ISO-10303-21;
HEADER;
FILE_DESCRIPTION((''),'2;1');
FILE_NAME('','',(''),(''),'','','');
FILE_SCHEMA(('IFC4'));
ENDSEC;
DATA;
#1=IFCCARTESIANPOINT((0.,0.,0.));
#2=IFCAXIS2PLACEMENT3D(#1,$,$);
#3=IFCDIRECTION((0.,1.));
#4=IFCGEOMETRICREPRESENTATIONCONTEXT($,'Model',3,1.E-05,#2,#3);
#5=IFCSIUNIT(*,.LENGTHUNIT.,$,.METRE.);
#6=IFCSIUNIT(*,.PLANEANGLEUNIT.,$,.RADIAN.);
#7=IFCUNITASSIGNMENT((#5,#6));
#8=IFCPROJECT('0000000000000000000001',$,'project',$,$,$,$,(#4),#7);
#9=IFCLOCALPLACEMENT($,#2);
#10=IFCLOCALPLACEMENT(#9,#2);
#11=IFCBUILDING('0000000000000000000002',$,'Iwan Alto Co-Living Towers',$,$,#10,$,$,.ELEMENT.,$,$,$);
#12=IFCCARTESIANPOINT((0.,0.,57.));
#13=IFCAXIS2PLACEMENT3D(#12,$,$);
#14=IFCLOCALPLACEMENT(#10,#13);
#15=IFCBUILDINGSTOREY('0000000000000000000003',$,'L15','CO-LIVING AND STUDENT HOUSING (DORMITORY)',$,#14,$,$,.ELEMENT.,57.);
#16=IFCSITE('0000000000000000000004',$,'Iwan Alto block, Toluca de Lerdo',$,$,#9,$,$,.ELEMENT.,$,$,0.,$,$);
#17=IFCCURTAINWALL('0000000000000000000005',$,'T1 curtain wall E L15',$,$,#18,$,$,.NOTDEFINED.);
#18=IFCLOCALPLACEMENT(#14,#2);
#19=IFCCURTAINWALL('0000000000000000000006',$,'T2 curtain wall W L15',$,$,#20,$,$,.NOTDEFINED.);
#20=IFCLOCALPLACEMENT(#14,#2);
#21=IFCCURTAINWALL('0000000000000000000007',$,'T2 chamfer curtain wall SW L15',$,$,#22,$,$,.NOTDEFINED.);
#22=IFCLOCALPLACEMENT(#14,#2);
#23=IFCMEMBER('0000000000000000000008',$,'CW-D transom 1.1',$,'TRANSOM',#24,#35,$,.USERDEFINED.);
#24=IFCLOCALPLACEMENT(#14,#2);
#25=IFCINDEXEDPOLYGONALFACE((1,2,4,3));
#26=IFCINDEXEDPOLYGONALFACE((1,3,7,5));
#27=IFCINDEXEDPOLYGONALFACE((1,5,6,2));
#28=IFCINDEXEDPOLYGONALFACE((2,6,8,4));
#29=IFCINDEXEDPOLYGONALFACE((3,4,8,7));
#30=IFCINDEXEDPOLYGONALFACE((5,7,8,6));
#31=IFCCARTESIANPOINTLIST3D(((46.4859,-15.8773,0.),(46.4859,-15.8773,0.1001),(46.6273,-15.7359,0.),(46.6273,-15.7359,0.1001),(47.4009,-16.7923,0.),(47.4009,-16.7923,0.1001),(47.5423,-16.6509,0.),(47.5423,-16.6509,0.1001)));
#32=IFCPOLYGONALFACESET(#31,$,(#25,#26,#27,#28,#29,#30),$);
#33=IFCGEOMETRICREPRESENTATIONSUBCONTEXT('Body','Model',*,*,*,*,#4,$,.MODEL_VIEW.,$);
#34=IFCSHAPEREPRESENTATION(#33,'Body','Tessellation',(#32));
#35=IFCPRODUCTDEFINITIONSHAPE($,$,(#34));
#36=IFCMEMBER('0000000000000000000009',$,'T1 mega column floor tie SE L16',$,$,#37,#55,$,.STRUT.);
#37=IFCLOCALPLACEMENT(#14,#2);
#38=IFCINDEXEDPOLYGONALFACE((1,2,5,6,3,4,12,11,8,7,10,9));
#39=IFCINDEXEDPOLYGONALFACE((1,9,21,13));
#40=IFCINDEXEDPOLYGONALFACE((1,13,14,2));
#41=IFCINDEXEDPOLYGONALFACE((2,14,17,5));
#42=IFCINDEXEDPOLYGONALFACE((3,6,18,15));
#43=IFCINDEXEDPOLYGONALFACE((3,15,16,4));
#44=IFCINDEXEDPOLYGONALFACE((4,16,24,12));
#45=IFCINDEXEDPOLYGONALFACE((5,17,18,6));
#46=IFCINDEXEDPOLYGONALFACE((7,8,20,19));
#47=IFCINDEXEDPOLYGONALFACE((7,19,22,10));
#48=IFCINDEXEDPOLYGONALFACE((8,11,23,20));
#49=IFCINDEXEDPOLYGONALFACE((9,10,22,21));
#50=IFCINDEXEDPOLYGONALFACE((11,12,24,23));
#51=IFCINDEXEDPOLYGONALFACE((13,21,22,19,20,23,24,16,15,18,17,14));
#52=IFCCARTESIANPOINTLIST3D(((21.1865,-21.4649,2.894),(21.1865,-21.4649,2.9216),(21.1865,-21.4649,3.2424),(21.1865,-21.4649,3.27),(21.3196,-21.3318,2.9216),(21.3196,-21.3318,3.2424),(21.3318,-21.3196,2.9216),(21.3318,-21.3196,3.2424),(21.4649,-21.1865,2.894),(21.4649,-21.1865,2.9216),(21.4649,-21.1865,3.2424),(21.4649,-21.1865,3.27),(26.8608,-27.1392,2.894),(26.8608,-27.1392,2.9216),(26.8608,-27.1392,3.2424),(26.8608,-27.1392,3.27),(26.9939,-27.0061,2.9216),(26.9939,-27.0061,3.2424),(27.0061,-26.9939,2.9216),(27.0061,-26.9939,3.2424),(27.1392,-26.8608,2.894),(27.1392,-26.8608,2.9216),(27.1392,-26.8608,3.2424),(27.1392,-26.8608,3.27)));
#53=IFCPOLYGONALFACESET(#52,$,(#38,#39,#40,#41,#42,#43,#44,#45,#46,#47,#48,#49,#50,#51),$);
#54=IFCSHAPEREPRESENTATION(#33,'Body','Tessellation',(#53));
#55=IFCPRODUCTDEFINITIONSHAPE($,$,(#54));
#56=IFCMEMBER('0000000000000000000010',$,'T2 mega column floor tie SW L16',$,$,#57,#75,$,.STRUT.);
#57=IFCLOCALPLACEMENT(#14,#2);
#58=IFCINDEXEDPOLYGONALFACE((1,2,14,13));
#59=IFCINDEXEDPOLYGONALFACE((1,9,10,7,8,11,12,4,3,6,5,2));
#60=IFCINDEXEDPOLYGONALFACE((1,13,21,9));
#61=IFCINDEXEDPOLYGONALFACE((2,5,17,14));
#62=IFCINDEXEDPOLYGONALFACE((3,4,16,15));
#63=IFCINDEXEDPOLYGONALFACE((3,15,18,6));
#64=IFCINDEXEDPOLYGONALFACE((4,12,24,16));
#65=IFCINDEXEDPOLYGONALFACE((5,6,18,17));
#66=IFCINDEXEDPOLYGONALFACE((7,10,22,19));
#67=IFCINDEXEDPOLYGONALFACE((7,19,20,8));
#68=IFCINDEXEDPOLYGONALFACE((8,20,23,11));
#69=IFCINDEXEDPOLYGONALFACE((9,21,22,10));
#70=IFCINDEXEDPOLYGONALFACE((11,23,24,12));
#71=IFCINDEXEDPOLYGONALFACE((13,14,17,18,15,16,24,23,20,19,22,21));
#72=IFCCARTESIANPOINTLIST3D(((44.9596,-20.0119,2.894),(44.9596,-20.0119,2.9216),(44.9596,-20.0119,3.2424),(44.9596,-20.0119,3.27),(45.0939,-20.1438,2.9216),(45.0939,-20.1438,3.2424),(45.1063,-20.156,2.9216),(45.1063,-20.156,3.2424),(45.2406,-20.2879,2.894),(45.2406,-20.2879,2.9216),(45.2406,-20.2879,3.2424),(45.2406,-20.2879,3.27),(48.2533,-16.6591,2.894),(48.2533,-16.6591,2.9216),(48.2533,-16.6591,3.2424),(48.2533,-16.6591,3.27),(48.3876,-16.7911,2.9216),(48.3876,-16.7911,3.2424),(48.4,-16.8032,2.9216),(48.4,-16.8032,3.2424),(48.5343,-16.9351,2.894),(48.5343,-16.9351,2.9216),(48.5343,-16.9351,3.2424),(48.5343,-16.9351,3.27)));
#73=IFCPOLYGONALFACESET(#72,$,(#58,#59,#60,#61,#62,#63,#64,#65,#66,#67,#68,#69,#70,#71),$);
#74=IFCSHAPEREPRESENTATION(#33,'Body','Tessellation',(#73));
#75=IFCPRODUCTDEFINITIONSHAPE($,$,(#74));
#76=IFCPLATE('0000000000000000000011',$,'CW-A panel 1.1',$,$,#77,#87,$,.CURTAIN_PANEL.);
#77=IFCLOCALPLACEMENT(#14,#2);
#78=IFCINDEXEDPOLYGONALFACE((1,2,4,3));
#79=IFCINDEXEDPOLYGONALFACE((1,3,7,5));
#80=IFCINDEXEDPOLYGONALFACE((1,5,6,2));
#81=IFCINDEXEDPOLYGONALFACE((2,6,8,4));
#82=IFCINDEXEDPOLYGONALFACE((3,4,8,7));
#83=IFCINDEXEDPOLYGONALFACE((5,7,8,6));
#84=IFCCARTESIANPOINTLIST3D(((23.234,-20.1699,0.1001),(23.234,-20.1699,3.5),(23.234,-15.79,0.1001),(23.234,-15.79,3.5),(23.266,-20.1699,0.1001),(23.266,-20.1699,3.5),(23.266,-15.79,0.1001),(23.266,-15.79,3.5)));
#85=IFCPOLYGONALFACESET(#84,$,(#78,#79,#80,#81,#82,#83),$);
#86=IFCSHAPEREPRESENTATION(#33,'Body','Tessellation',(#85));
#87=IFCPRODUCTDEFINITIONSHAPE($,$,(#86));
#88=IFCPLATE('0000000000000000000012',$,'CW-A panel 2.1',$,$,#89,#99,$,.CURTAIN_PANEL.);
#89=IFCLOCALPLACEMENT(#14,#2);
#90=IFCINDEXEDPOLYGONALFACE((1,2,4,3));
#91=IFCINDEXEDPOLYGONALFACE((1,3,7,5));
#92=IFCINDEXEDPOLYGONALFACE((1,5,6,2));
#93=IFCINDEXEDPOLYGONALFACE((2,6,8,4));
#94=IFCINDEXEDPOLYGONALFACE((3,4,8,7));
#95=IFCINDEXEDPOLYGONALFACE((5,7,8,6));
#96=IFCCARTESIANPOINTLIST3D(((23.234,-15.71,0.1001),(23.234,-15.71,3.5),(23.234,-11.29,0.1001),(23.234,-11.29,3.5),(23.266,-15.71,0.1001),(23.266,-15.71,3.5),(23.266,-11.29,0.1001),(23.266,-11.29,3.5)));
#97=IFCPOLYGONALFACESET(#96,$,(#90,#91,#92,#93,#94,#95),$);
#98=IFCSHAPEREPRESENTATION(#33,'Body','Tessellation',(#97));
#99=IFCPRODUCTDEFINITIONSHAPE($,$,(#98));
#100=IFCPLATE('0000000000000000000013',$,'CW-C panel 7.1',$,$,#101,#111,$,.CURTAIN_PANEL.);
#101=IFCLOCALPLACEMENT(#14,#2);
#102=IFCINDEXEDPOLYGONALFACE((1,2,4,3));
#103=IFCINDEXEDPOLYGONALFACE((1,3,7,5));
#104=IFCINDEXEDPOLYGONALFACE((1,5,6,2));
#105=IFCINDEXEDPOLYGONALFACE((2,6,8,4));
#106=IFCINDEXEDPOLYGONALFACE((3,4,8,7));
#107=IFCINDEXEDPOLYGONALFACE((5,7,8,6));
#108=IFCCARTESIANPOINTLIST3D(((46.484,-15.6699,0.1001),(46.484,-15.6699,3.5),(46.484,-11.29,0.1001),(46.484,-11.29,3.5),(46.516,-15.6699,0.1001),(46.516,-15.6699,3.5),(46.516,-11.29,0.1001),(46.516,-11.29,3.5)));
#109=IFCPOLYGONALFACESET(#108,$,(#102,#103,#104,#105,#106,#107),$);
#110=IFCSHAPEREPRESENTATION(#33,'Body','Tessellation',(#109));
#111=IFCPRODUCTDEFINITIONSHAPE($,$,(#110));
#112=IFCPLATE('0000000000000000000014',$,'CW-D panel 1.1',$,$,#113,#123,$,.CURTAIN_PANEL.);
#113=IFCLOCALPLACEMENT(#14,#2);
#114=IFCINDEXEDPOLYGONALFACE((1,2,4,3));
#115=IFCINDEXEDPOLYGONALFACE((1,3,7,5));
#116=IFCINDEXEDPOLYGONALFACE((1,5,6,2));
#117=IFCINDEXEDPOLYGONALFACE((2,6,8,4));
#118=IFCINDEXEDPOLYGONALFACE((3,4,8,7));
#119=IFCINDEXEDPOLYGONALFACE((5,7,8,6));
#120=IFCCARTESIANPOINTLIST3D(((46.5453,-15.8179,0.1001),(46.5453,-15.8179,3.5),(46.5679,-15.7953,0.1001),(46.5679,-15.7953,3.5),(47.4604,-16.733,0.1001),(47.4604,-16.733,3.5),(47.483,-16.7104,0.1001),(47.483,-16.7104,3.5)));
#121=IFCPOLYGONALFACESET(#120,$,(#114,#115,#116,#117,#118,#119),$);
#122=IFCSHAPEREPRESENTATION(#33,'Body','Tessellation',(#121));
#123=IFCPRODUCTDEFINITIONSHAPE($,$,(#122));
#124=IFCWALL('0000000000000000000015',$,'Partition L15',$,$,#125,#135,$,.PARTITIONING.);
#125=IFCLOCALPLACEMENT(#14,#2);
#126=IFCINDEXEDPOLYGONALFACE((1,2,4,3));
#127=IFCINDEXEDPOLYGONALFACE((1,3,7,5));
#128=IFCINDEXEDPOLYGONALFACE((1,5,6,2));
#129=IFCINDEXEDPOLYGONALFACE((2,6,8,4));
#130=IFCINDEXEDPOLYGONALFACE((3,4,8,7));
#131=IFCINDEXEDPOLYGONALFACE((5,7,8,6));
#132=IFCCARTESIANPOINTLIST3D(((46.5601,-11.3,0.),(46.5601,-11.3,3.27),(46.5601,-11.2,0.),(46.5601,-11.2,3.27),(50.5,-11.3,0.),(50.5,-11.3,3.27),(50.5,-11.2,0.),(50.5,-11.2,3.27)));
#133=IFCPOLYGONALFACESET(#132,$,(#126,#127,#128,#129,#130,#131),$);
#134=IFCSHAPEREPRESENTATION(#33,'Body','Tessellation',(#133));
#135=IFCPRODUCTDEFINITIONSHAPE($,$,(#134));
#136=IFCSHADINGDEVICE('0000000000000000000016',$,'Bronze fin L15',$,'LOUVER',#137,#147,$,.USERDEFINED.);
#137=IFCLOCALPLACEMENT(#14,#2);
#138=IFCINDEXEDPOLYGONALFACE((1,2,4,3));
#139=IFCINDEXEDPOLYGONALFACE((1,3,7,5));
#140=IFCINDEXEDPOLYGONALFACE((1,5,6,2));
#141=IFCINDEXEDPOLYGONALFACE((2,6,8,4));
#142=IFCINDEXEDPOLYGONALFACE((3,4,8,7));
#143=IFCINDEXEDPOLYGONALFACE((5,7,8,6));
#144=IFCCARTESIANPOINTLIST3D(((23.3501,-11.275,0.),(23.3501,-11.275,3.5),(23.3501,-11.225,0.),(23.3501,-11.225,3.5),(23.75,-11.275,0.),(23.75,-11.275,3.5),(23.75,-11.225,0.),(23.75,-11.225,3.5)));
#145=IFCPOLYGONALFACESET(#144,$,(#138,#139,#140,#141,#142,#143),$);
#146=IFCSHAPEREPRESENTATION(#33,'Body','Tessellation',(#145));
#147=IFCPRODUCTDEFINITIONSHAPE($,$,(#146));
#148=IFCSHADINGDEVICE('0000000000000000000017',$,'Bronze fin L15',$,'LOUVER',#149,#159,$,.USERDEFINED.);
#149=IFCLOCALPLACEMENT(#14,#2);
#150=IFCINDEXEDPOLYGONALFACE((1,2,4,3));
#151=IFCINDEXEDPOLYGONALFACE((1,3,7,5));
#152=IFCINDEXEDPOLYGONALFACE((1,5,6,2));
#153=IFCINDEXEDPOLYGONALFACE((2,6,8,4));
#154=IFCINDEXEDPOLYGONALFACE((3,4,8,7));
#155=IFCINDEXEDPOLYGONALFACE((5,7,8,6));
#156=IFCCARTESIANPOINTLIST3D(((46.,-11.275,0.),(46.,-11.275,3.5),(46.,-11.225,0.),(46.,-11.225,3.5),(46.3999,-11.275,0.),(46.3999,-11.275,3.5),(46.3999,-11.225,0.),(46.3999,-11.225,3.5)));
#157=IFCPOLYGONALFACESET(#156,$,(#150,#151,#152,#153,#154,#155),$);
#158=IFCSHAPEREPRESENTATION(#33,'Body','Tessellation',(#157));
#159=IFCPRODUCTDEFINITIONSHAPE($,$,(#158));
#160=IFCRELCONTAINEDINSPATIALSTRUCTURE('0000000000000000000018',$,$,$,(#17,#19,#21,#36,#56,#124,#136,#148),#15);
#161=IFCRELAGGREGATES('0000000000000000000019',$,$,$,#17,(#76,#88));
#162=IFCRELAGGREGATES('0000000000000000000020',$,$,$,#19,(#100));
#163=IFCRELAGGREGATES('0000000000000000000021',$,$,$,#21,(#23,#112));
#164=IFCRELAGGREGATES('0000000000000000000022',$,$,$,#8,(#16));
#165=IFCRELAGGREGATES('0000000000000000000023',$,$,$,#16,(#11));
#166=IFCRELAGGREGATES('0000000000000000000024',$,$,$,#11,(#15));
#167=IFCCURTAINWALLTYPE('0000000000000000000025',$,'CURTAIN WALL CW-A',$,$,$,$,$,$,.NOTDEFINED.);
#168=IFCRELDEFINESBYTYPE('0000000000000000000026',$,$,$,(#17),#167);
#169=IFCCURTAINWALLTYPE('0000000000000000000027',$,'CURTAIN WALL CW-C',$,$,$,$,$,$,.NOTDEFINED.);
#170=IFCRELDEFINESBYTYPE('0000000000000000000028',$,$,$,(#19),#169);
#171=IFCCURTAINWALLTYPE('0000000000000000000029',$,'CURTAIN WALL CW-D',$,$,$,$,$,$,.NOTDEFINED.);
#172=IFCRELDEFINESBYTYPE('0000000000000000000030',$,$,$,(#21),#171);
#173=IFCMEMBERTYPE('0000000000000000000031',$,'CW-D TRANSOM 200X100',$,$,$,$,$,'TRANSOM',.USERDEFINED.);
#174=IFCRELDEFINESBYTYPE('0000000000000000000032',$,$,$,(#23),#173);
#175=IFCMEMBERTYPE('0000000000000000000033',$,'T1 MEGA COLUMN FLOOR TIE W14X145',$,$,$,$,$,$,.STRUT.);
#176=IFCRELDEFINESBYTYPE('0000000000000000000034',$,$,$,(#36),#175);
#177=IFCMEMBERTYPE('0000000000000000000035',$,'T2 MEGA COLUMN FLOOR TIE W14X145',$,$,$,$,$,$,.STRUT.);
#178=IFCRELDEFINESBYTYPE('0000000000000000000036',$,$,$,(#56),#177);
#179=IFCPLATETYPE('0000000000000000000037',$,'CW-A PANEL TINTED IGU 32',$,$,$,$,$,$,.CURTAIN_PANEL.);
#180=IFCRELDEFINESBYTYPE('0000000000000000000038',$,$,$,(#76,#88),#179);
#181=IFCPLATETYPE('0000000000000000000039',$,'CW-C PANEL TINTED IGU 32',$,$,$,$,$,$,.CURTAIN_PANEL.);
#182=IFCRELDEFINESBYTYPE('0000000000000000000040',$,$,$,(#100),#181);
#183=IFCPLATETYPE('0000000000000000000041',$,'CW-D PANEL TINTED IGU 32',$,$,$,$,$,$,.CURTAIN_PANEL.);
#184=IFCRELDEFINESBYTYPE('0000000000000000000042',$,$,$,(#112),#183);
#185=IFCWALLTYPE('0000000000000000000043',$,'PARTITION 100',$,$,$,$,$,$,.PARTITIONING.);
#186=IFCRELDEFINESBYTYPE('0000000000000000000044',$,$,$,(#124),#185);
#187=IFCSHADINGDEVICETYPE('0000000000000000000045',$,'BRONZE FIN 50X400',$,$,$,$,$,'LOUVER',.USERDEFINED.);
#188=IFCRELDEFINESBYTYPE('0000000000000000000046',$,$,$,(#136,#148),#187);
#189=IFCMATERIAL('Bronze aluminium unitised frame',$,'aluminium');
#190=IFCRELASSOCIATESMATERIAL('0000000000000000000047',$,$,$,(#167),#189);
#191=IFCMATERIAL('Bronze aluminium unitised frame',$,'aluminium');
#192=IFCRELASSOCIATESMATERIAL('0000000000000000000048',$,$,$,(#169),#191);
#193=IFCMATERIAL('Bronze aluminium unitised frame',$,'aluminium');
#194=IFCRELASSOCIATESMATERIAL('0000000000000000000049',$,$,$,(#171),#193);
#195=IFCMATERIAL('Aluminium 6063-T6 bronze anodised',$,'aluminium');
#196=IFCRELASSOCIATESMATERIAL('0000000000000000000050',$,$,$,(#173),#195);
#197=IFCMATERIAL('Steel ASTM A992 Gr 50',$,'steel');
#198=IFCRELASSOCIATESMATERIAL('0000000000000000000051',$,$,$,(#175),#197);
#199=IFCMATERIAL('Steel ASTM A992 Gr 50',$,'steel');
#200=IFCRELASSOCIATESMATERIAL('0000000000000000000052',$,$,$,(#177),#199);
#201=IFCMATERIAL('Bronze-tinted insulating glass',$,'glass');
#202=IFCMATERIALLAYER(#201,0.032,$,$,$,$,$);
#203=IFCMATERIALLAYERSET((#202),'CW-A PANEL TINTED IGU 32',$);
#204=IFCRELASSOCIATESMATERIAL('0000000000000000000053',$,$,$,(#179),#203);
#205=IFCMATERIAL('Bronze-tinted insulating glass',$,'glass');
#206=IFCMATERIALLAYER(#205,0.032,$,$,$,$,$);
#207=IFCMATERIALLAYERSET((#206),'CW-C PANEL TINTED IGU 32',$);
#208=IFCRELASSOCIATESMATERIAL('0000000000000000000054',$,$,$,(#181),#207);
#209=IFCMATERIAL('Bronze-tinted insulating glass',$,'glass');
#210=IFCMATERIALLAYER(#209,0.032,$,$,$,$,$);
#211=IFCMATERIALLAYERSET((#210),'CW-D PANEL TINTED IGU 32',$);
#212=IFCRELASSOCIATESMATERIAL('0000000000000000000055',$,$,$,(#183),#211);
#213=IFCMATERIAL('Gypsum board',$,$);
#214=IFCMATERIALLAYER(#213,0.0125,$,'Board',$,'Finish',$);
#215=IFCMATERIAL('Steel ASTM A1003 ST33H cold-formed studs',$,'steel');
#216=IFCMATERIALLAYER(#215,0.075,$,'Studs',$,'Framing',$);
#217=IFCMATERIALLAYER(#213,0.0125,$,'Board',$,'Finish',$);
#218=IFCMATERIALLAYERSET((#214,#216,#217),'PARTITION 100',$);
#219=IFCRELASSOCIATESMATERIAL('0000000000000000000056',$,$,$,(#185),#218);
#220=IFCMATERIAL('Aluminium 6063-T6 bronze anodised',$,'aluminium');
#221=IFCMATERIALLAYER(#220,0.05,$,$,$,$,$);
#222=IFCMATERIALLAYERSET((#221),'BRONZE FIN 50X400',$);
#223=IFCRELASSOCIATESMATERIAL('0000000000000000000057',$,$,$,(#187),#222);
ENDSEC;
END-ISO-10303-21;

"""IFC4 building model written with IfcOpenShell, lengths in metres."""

from ifc_helpers import new_model, si_unit, direction, frame, frame_2d, origin, origin_2d, place, context, subcontext, project, spatial, rectangle, i_section, extrude, material, layer, layer_set, material_profile, profile_set, type_object, element, aggregate, save


model = new_model("IFC4")

# Units and contexts
model_context = context("Model", 3, precision=1e-05, world=origin(), true_north=direction((0.0, 1.0)))
body_context = subcontext(model_context, "Body", "Model", "MODEL_VIEW")
ifc_project = project(units=[si_unit("LENGTHUNIT", "METRE"), si_unit("PLANEANGLEUNIT", "RADIAN")], contexts=[model_context])

# Site, building, storey
site_placement = place(None, origin())
site = spatial("IfcSite", under=ifc_project, at=site_placement, Name="Iwan Alto block, Toluca de Lerdo", CompositionType="ELEMENT", RefElevation=0.0)
building_placement = place(site_placement, origin())
building = spatial("IfcBuilding", under=site, at=building_placement, Name="Iwan Alto Co-Living Towers", CompositionType="ELEMENT")
storey_placement = place(building_placement, frame((0.0, 0.0, 57.0)))
storey = spatial("IfcBuildingStorey", under=building, at=storey_placement, Name="L15", Description="CO-LIVING AND STUDENT HOUSING (DORMITORY)", CompositionType="ELEMENT", Elevation=57.0)

# Curtain walls, member
ifc_material_1 = material(Name="Bronze aluminium unitised frame", Category="aluminium")
curtain_wall_type_1 = type_object("IfcCurtainWallType", Name="CURTAIN WALL CW-A", PredefinedType="NOTDEFINED", material=ifc_material_1)
curtain_wall_1_placement = place(storey_placement, origin())
curtain_wall_1 = element("IfcCurtainWall", 1, at=curtain_wall_1_placement, inside=storey, type_object=curtain_wall_type_1, Name="T1 curtain wall E L15", PredefinedType="NOTDEFINED")
ifc_material_2 = material(Name="Bronze aluminium unitised frame", Category="aluminium")
curtain_wall_type_2 = type_object("IfcCurtainWallType", Name="CURTAIN WALL CW-C", PredefinedType="NOTDEFINED", material=ifc_material_2)
curtain_wall_2_placement = place(storey_placement, origin())
curtain_wall_2 = element("IfcCurtainWall", 2, at=curtain_wall_2_placement, inside=storey, type_object=curtain_wall_type_2, Name="T2 curtain wall W L15", PredefinedType="NOTDEFINED")
ifc_material_3 = material(Name="Bronze aluminium unitised frame", Category="aluminium")
curtain_wall_type_3 = type_object("IfcCurtainWallType", Name="CURTAIN WALL CW-D", PredefinedType="NOTDEFINED", material=ifc_material_3)
curtain_wall_3_placement = place(storey_placement, origin())
curtain_wall_3 = element("IfcCurtainWall", 3, at=curtain_wall_3_placement, inside=storey, type_object=curtain_wall_type_3, Name="T2 chamfer curtain wall SW L15", PredefinedType="NOTDEFINED")
ifc_material_4 = material(Name="Aluminium 6063-T6 bronze anodised", Category="aluminium")
ifc_material_profile_1 = material_profile(ifc_material_4, rectangle(XDim=0.2, YDim=0.1001, at=origin_2d()), Name="AL 200X100")
ifc_profile_set_1 = profile_set([ifc_material_profile_1], Name="Aluminium 6063-T6 bronze anodised")
member_type_1 = type_object("IfcMemberType", Name="CW-D TRANSOM 200X100", ElementType="TRANSOM", PredefinedType="USERDEFINED", material=ifc_profile_set_1)
member_1_placement = place(storey_placement, frame((46.5566, -15.8066, 0.05), z_axis=(0.707107, -0.707107, 0.0), x_axis=(0.707107, 0.707107, 0.0)))
member_1 = element("IfcMember", 4, at=member_1_placement, type_object=member_type_1, Name="CW-D transom 1.1", ObjectType="TRANSOM", PredefinedType="USERDEFINED", context=body_context, shape_type="SweptSolid", body=[
    extrude(rectangle(XDim=0.2, YDim=0.1001, at=origin_2d()), origin(), (0.0, 0.0, 1.0), 1.2939),
])

# Members
ifc_material_5 = material(Name="Steel ASTM A992 Gr 50", Category="steel")
ifc_material_profile_2 = material_profile(ifc_material_5, i_section(OverallWidth=0.3938, OverallDepth=0.376, WebThickness=0.0173, FlangeThickness=0.0276, at=origin_2d()), Name="W14X145")
ifc_profile_set_2 = profile_set([ifc_material_profile_2], Name="Steel ASTM A992 Gr 50")
member_type_2 = type_object("IfcMemberType", Name="T1 MEGA COLUMN FLOOR TIE W14X145", PredefinedType="STRUT", material=ifc_profile_set_2)
member_2_placement = place(storey_placement, frame((27.0, -27.0, 3.082), z_axis=(-0.707107, 0.707107, 0.0), x_axis=(-0.707107, -0.707107, 0.0)))
element("IfcMember", 5, at=member_2_placement, inside=storey, type_object=member_type_2, Name="T1 mega column floor tie SE L16", PredefinedType="STRUT", context=body_context, shape_type="SweptSolid", body=[
    extrude(i_section(OverallWidth=0.3938, OverallDepth=0.376, WebThickness=0.0173, FlangeThickness=0.0276, at=origin_2d()), origin(), (0.0, 0.0, 1.0), 8.0247),
])
ifc_material_6 = material(Name="Steel ASTM A992 Gr 50", Category="steel")
ifc_material_profile_3 = material_profile(ifc_material_6, i_section(OverallWidth=0.3938, OverallDepth=0.376, WebThickness=0.0173, FlangeThickness=0.0276, at=origin_2d()), Name="W14X145")
ifc_profile_set_3 = profile_set([ifc_material_profile_3], Name="Steel ASTM A992 Gr 50")
member_type_3 = type_object("IfcMemberType", Name="T2 MEGA COLUMN FLOOR TIE W14X145", PredefinedType="STRUT", material=ifc_profile_set_3)
member_3_placement = place(storey_placement, frame((45.1001, -20.1499, 3.082), z_axis=(0.700793, 0.713364, 0.0), x_axis=(-0.713364, 0.700793, 0.0)))
element("IfcMember", 6, at=member_3_placement, inside=storey, type_object=member_type_3, Name="T2 mega column floor tie SW L16", PredefinedType="STRUT", context=body_context, shape_type="SweptSolid", body=[
    extrude(i_section(OverallWidth=0.3938, OverallDepth=0.376, WebThickness=0.0173, FlangeThickness=0.0276, at=origin_2d()), origin(), (0.0, 0.0, 1.0), 4.7),
])

# Plates
ifc_material_7 = material(Name="Bronze-tinted insulating glass", Category="glass")
ifc_layer_1 = layer(ifc_material_7, 0.032)
ifc_layer_set_1 = layer_set([ifc_layer_1], Name="CW-A PANEL TINTED IGU 32")
plate_type_1 = type_object("IfcPlateType", Name="CW-A PANEL TINTED IGU 32", PredefinedType="CURTAIN_PANEL", material=ifc_layer_set_1)
plate_1_placement = place(storey_placement, frame((23.25, -17.98, 0.1001), z_axis=(0.0, 0.0, 1.0), x_axis=(0.0, 1.0, 0.0)))
plate_1 = element("IfcPlate", 7, at=plate_1_placement, type_object=plate_type_1, Name="CW-A panel 1.1", PredefinedType="CURTAIN_PANEL", context=body_context, shape_type="SweptSolid", body=[
    extrude(rectangle(XDim=4.3799, YDim=0.032, at=origin_2d()), origin(), (0.0, 0.0, 1.0), 3.3999),
])
plate_2_placement = place(storey_placement, frame((23.25, -13.5, 0.1001), z_axis=(0.0, 0.0, 1.0), x_axis=(0.0, 1.0, 0.0)))
plate_2 = element("IfcPlate", 8, at=plate_2_placement, type_object=plate_type_1, Name="CW-A panel 2.1", PredefinedType="CURTAIN_PANEL", context=body_context, shape_type="SweptSolid", body=[
    extrude(rectangle(XDim=4.4199, YDim=0.032, at=origin_2d()), origin(), (0.0, 0.0, 1.0), 3.3999),
])
aggregate(curtain_wall_1, [plate_1, plate_2])
ifc_material_8 = material(Name="Bronze-tinted insulating glass", Category="glass")
ifc_layer_2 = layer(ifc_material_8, 0.032)
ifc_layer_set_2 = layer_set([ifc_layer_2], Name="CW-C PANEL TINTED IGU 32")
plate_type_2 = type_object("IfcPlateType", Name="CW-C PANEL TINTED IGU 32", PredefinedType="CURTAIN_PANEL", material=ifc_layer_set_2)
plate_3_placement = place(storey_placement, frame((46.5, -13.48, 0.1001), z_axis=(0.0, 0.0, 1.0), x_axis=(0.0, -1.0, 0.0)))
plate_3 = element("IfcPlate", 9, at=plate_3_placement, type_object=plate_type_2, Name="CW-C panel 7.1", PredefinedType="CURTAIN_PANEL", context=body_context, shape_type="SweptSolid", body=[
    extrude(rectangle(XDim=4.3799, YDim=0.032, at=origin_2d()), origin(), (0.0, 0.0, 1.0), 3.3999),
])
aggregate(curtain_wall_2, [plate_3])
ifc_material_9 = material(Name="Bronze-tinted insulating glass", Category="glass")
ifc_layer_3 = layer(ifc_material_9, 0.032)
ifc_layer_set_3 = layer_set([ifc_layer_3], Name="CW-D PANEL TINTED IGU 32")
plate_type_3 = type_object("IfcPlateType", Name="CW-D PANEL TINTED IGU 32", PredefinedType="CURTAIN_PANEL", material=ifc_layer_set_3)
plate_4_placement = place(storey_placement, frame((47.0142, -16.2642, 0.1001), z_axis=(0.0, 0.0, 1.0), x_axis=(0.707107, -0.707107, 0.0)))
plate_4 = element("IfcPlate", 10, at=plate_4_placement, type_object=plate_type_3, Name="CW-D panel 1.1", PredefinedType="CURTAIN_PANEL", context=body_context, shape_type="SweptSolid", body=[
    extrude(rectangle(XDim=1.2942, YDim=0.032, at=origin_2d()), origin(), (0.0, 0.0, 1.0), 3.3999),
])
aggregate(curtain_wall_3, [member_1, plate_4])

# Wall
ifc_material_10 = material(Name="Gypsum board")
ifc_layer_4 = layer(ifc_material_10, 0.0125, Name="Board", Category="Finish")
ifc_material_11 = material(Name="Steel ASTM A1003 ST33H cold-formed studs", Category="steel")
ifc_layer_5 = layer(ifc_material_11, 0.075, Name="Studs", Category="Framing")
ifc_layer_6 = layer(ifc_material_10, 0.0125, Name="Board", Category="Finish")
ifc_layer_set_4 = layer_set([ifc_layer_4, ifc_layer_5, ifc_layer_6], Name="PARTITION 100")
wall_type = type_object("IfcWallType", Name="PARTITION 100", PredefinedType="PARTITIONING", material=ifc_layer_set_4)
wall_placement = place(storey_placement, frame((46.5601, -11.25, 0.0), z_axis=(0.0, 0.0, 1.0), x_axis=(1.0, 0.0, 0.0)))
element("IfcWall", 11, at=wall_placement, inside=storey, type_object=wall_type, Name="Partition L15", PredefinedType="PARTITIONING", context=body_context, shape_type="SweptSolid", body=[
    extrude(rectangle(XDim=3.9399, YDim=0.1001, at=frame_2d((1.97, 0.0))), origin(), (0.0, 0.0, 1.0), 3.27),
])

# Shading devices
ifc_material_12 = material(Name="Aluminium 6063-T6 bronze anodised", Category="aluminium")
ifc_layer_7 = layer(ifc_material_12, 0.05)
ifc_layer_set_5 = layer_set([ifc_layer_7], Name="BRONZE FIN 50X400")
shading_device_type = type_object("IfcShadingDeviceType", Name="BRONZE FIN 50X400", ElementType="LOUVER", PredefinedType="USERDEFINED", material=ifc_layer_set_5)
for number, where, z_axis, x_axis, name in (
    (12, (23.55, -11.25, 0.0), (0.0, 0.0, 1.0), (0.0, 1.0, 0.0), "Bronze fin L15"),
    (13, (46.2, -11.25, 0.0), (0.0, 0.0, 1.0), (0.0, -1.0, 0.0), "Bronze fin L15"),
):
    element("IfcShadingDevice", number, at=place(storey_placement, frame(where, z_axis=z_axis, x_axis=x_axis)), inside=storey, type_object=shading_device_type, Name=name, ObjectType="LOUVER", PredefinedType="USERDEFINED", context=body_context, shape_type="SweptSolid", body=[
        extrude(rectangle(XDim=0.05, YDim=0.3999, at=origin_2d()), origin(), (0.0, 0.0, 1.0), 3.5),
    ])

save(model, "model.ifc")
